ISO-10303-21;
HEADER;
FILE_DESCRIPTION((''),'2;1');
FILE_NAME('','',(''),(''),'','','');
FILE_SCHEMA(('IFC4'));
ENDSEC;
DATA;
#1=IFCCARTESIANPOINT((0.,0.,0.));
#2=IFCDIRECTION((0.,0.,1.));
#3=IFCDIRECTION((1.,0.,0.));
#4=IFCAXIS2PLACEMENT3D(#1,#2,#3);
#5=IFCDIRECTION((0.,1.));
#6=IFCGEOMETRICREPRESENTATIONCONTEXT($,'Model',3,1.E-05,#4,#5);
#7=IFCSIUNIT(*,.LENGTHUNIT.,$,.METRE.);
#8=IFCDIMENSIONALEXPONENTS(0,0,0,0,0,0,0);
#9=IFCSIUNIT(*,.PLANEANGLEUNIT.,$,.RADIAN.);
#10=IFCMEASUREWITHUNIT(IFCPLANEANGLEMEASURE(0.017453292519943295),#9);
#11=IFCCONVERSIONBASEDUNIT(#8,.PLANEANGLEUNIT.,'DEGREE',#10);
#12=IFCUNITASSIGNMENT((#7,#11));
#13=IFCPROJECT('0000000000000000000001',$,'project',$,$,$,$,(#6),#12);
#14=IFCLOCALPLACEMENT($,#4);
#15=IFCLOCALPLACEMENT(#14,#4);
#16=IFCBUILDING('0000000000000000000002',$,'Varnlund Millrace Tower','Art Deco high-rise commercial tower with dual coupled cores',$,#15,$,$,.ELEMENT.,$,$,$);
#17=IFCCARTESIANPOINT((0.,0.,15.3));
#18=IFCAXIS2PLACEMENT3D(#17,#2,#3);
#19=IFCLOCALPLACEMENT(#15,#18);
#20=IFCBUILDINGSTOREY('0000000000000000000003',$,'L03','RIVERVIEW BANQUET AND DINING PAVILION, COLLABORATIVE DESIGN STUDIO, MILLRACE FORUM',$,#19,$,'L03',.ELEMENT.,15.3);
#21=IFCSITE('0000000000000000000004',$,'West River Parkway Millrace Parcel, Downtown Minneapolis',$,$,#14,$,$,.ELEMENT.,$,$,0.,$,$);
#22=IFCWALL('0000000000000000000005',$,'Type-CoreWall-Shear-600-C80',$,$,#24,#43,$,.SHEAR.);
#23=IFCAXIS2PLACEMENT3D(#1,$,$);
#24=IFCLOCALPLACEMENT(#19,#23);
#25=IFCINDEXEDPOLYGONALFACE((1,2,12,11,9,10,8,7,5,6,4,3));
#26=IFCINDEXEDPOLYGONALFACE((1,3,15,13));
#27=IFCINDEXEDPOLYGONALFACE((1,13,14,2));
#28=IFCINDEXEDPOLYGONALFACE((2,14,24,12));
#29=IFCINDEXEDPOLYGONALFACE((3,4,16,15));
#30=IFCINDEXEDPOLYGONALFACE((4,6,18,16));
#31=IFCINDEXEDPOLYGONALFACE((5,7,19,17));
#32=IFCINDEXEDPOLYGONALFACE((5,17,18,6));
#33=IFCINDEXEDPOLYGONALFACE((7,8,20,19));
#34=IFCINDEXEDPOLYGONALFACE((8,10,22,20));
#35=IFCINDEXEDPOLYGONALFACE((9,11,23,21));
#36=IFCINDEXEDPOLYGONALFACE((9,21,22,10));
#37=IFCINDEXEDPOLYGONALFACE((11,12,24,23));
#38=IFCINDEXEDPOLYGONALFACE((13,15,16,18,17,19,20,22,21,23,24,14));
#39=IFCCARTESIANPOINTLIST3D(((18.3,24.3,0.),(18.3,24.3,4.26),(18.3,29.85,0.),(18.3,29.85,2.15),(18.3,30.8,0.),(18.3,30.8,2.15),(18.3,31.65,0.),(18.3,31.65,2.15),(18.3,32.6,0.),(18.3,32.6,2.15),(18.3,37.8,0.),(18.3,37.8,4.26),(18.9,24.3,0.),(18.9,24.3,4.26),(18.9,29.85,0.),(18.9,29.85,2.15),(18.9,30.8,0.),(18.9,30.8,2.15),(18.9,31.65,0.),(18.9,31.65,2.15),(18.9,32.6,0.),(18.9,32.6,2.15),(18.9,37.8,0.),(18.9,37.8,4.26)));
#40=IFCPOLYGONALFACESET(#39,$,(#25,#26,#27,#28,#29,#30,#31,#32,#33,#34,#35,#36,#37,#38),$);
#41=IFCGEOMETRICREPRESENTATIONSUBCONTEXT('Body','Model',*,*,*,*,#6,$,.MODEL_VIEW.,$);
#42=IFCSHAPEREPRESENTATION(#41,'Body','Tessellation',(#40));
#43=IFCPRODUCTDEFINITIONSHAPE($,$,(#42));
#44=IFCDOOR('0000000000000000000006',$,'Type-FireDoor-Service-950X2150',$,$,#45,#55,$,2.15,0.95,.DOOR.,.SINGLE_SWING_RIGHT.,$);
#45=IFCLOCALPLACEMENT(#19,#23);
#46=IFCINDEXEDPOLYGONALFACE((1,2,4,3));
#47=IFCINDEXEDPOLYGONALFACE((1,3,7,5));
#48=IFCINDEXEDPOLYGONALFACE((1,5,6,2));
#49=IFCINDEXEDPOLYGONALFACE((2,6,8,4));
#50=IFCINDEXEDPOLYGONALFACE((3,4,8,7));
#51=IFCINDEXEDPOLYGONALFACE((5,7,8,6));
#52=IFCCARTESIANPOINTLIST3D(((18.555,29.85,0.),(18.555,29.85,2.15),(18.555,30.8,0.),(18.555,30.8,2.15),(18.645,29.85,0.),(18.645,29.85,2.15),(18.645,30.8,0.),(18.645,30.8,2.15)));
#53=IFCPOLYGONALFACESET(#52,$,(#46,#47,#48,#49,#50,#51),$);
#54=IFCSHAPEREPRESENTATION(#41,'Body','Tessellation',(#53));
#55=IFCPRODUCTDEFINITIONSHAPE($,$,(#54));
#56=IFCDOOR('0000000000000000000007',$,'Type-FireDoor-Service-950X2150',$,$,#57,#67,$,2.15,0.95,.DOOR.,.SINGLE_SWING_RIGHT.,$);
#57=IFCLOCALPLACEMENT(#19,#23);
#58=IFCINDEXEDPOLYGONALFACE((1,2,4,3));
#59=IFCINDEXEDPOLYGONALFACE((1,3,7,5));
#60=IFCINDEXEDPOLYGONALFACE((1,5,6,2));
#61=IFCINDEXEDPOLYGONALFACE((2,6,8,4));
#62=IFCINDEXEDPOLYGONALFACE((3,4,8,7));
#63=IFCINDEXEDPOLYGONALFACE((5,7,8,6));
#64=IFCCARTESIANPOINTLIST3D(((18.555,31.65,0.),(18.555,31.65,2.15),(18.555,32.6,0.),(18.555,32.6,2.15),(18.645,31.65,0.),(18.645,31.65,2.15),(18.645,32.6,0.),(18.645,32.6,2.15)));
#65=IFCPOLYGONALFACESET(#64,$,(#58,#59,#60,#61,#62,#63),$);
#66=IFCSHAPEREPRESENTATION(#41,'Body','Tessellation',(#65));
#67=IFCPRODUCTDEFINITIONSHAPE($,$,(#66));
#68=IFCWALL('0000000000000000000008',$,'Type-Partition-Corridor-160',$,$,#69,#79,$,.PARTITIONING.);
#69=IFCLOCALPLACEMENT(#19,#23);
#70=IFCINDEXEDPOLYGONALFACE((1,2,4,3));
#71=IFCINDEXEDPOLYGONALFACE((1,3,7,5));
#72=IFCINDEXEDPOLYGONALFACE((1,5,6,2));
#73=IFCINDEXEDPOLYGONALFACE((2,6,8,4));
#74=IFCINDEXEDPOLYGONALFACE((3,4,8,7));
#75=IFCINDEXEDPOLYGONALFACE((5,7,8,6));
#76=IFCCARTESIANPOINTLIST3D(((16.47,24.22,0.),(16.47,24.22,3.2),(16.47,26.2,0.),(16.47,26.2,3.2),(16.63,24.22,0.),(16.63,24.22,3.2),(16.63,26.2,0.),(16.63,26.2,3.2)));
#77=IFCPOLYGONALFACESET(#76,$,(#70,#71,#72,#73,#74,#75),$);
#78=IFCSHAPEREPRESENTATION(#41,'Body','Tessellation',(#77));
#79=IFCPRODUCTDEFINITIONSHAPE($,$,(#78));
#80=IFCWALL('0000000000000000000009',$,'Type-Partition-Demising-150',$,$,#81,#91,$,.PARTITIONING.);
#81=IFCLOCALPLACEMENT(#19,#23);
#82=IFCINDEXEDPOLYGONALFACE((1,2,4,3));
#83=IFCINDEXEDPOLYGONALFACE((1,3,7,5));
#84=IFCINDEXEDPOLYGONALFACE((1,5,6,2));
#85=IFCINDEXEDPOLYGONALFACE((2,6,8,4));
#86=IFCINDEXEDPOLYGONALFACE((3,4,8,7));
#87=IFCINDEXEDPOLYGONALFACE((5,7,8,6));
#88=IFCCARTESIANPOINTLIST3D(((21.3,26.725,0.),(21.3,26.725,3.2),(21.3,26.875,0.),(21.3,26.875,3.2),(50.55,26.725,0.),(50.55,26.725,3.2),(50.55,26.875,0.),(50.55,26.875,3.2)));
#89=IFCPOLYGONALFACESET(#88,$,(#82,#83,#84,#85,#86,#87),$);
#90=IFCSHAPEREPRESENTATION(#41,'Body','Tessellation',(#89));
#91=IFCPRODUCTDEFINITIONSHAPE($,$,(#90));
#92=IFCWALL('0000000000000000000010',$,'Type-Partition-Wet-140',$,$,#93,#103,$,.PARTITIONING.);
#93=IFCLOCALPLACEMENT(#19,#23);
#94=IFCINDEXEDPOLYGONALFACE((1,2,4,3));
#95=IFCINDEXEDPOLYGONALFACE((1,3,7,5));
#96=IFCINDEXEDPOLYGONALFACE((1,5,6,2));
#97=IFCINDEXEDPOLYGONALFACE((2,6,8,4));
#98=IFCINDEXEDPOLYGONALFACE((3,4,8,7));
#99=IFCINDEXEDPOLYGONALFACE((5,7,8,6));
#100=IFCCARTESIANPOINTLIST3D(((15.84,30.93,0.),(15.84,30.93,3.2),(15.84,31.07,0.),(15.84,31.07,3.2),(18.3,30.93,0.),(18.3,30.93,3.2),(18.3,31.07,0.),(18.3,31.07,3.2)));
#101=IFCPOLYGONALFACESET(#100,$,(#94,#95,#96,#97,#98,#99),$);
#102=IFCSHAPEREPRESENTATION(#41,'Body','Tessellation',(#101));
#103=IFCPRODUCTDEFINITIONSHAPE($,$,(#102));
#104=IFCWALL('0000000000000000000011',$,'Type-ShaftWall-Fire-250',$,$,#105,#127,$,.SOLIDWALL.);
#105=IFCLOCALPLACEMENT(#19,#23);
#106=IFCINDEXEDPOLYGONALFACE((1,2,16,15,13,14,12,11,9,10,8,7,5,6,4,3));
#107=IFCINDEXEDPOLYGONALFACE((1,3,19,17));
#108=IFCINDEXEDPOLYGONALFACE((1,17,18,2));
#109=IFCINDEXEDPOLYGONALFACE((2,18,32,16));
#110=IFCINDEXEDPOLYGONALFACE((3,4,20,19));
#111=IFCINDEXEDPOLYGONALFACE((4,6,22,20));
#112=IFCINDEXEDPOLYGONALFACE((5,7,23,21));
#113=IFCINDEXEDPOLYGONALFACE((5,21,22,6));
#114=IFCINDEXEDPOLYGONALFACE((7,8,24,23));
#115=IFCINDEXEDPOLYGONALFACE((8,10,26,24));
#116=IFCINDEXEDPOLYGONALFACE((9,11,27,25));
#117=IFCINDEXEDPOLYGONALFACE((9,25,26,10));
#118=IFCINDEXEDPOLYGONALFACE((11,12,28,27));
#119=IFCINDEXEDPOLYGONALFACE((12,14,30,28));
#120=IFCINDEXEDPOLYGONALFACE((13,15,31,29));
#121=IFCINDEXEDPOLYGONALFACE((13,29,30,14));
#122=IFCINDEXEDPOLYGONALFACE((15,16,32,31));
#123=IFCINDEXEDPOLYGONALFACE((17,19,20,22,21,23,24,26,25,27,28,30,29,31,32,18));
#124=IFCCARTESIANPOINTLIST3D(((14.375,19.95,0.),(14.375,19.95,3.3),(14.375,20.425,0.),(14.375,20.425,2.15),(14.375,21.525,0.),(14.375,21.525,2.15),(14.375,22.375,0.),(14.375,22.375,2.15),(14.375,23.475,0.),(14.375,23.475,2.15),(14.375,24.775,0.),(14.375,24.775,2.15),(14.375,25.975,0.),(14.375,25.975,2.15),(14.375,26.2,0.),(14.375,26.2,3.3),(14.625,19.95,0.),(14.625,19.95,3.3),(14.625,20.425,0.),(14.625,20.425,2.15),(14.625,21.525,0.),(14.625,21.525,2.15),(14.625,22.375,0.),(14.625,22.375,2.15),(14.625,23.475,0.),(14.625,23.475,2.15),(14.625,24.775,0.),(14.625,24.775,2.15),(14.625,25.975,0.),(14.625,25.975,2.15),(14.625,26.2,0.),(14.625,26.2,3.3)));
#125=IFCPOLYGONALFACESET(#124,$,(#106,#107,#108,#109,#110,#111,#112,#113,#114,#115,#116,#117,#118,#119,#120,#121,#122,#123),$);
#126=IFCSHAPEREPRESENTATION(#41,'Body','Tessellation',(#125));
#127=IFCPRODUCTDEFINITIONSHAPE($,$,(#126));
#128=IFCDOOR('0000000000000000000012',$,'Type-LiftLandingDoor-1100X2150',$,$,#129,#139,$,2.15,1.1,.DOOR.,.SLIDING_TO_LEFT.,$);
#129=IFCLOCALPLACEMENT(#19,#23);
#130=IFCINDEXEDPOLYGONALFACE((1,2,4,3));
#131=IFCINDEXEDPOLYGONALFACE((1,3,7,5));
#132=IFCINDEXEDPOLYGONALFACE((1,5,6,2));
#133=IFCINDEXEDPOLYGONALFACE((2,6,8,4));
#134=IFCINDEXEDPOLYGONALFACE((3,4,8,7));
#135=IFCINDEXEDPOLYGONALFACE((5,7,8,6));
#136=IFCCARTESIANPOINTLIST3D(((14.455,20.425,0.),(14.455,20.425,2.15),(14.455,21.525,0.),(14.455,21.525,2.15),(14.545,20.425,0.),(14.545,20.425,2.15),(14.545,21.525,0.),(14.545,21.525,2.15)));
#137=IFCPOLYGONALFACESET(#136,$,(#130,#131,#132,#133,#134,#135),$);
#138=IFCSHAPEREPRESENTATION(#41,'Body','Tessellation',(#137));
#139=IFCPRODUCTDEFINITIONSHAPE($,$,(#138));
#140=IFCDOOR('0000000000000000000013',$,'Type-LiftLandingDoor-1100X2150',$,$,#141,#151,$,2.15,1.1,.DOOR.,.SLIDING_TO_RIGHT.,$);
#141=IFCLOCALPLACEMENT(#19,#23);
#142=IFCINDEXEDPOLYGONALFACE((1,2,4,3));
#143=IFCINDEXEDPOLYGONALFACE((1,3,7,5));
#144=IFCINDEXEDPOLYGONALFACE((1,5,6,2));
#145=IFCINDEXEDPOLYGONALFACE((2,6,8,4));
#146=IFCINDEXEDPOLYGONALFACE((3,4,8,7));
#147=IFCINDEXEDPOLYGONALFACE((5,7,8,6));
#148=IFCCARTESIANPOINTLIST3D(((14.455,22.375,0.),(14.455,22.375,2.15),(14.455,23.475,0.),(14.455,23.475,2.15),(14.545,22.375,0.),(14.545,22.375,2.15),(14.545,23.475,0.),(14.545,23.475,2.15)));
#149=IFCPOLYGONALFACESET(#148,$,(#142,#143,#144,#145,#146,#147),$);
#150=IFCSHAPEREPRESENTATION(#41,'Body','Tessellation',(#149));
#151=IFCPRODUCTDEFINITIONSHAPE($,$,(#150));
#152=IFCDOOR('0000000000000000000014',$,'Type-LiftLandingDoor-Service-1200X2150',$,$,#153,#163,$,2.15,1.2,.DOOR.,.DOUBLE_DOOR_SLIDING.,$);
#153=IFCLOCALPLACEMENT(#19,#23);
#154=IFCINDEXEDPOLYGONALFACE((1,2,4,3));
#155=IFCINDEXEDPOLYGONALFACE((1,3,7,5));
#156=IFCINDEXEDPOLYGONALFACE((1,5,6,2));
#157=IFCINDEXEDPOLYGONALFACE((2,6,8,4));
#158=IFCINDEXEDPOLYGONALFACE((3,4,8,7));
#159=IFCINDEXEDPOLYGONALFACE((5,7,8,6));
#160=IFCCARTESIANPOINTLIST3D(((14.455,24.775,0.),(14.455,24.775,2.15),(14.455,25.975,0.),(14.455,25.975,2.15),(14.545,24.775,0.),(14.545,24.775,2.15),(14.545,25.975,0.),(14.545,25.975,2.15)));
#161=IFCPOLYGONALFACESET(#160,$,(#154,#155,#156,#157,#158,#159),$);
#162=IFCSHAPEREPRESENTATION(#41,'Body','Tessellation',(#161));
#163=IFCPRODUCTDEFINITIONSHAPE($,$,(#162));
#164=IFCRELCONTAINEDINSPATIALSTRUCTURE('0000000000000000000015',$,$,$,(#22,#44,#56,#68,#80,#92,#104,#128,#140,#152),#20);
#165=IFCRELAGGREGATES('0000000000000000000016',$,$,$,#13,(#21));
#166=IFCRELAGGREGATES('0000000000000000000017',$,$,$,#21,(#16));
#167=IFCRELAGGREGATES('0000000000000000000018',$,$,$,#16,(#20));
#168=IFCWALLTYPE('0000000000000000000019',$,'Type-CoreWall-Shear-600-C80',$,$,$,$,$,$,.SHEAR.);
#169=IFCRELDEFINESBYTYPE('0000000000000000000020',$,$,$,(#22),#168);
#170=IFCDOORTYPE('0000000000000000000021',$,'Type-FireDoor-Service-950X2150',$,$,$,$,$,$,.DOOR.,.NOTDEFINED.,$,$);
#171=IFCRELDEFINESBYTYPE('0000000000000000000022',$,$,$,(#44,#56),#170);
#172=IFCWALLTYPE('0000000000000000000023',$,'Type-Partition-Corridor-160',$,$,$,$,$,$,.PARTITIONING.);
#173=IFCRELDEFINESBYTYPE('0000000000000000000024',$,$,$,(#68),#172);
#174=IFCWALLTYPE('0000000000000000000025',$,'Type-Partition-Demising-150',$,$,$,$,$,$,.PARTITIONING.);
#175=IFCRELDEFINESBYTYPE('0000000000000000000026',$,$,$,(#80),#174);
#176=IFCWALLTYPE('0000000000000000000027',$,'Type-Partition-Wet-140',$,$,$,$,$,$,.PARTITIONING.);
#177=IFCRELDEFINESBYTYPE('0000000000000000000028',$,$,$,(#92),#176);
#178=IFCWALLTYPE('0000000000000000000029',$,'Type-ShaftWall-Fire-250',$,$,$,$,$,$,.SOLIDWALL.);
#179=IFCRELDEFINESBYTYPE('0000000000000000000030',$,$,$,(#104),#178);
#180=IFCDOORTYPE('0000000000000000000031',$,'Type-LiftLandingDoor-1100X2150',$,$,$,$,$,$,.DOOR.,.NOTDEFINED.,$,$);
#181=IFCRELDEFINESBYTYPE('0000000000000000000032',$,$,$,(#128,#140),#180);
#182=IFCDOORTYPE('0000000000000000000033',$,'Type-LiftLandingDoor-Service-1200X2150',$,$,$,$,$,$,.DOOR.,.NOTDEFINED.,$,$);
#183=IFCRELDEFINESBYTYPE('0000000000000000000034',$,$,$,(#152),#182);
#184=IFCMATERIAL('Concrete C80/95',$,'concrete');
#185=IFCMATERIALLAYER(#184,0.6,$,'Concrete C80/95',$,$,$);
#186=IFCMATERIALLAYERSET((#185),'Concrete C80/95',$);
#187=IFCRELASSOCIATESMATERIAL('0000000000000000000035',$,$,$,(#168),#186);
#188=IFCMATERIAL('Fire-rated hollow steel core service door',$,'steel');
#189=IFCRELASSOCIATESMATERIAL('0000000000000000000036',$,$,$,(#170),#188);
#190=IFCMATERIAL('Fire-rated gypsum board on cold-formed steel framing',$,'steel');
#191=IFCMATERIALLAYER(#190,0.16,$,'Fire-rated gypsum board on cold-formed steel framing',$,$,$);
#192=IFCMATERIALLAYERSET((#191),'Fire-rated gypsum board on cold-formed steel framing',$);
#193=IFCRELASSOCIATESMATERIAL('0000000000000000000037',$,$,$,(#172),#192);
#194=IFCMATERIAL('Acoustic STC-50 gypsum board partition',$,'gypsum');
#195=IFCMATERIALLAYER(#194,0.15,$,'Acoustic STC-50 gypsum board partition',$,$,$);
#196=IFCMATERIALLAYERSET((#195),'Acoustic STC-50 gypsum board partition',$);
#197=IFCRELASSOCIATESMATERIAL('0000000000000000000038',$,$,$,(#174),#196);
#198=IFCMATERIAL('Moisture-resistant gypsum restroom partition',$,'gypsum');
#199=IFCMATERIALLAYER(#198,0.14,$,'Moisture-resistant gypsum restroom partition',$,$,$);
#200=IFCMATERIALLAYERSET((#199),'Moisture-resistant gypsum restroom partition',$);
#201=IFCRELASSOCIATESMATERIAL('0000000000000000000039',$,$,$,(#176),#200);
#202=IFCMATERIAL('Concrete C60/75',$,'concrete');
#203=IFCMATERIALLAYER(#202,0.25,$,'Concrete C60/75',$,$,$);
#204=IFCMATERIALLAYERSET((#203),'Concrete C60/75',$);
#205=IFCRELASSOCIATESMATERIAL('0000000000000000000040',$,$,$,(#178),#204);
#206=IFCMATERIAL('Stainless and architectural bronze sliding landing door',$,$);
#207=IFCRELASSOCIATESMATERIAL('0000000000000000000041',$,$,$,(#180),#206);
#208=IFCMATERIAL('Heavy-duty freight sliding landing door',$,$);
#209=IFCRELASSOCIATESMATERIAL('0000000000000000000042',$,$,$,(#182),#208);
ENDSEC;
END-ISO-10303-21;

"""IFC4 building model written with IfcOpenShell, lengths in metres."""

from ifc_helpers import new_model, entity, si_unit, converted_unit, direction, frame, origin_with_axes, origin_2d_with_axis, place, context, subcontext, project, spatial, polyline, rectangle, outline, extrude, material, layer, layer_set, type_object, element, fill, save


model = new_model("IFC4")

# Units and contexts
model_context = context("Model", 3, precision=1e-05, world=origin_with_axes(), true_north=direction((0.0, 1.0)))
body_context = subcontext(model_context, "Body", "Model", "MODEL_VIEW")
ifc_project = project(units=[si_unit("LENGTHUNIT", "METRE"), converted_unit("PLANEANGLEUNIT", "DEGREE", entity("IfcPlaneAngleMeasure", 0.017453292519943295), si_unit("PLANEANGLEUNIT", "RADIAN"), dimensions=[0, 0, 0, 0, 0, 0, 0])], contexts=[model_context])

# Site, building, storey
site_placement = place(None, origin_with_axes())
site = spatial("IfcSite", under=ifc_project, at=site_placement, Name="West River Parkway Millrace Parcel, Downtown Minneapolis", CompositionType="ELEMENT", RefElevation=0.0)
building_placement = place(site_placement, origin_with_axes())
building = spatial("IfcBuilding", under=site, at=building_placement, Name="Varnlund Millrace Tower", Description="Art Deco high-rise commercial tower with dual coupled cores", CompositionType="ELEMENT")
storey_placement = place(building_placement, frame((0.0, 0.0, 15.3), z_axis=(0.0, 0.0, 1.0), x_axis=(1.0, 0.0, 0.0)))
storey = spatial("IfcBuildingStorey", under=building, at=storey_placement, Name="L03", Description="RIVERVIEW BANQUET AND DINING PAVILION, COLLABORATIVE DESIGN STUDIO, MILLRACE FORUM", LongName="L03", CompositionType="ELEMENT", Elevation=15.3)

# Shared definitions
ifc_material_1 = material(Name="Concrete C80/95", Category="concrete")

# Wall, openings, doors
ifc_layer_1 = layer(ifc_material_1, 0.6, Name="Concrete C80/95")
ifc_layer_set_1 = layer_set([ifc_layer_1], Name="Concrete C80/95")
wall_type_1 = type_object("IfcWallType", Name="Type-CoreWall-Shear-600-C80", PredefinedType="SHEAR", material=ifc_layer_set_1)
wall_1_placement = place(storey_placement, frame((18.6, 24.3, 0.0), z_axis=(0.0, 0.0, 1.0), x_axis=(0.0, 1.0, 0.0)))
wall_1 = element("IfcWall", 1, at=wall_1_placement, inside=storey, type_object=wall_type_1, Name="Type-CoreWall-Shear-600-C80", PredefinedType="SHEAR", context=body_context, shape_type="SweptSolid", body=[
    extrude(outline(polyline([(0.0, -0.3), (13.5, -0.3), (13.5, 0.3), (0.0, 0.3), (0.0, -0.3)])), origin_with_axes(), (0.0, 0.0, 1.0), 4.26),
])
opening_1_placement = place(wall_1_placement, frame((6.025, 0.0, 0.0), z_axis=(0.0, 0.0, 1.0), x_axis=(1.0, 0.0, 0.0)))
opening_1 = element("IfcOpeningElement", 2, at=opening_1_placement, cuts=wall_1, PredefinedType="OPENING", context=body_context, shape_type="SweptSolid", body=[
    extrude(rectangle(XDim=0.95, YDim=0.62, at=origin_2d_with_axis()), origin_with_axes(), (0.0, 0.0, 1.0), 2.15),
])
opening_2_placement = place(wall_1_placement, frame((7.825, 0.0, 0.0), z_axis=(0.0, 0.0, 1.0), x_axis=(1.0, 0.0, 0.0)))
opening_2 = element("IfcOpeningElement", 3, at=opening_2_placement, cuts=wall_1, PredefinedType="OPENING", context=body_context, shape_type="SweptSolid", body=[
    extrude(rectangle(XDim=0.95, YDim=0.62, at=origin_2d_with_axis()), origin_with_axes(), (0.0, 0.0, 1.0), 2.15),
])
ifc_material_2 = material(Name="Fire-rated hollow steel core service door", Category="steel")
door_type_1 = type_object("IfcDoorType", Name="Type-FireDoor-Service-950X2150", OperationType="NOTDEFINED", PredefinedType="DOOR", material=ifc_material_2)
door_1_placement = place(wall_1_placement, frame((6.025, 0.0, 0.0), z_axis=(0.0, 0.0, 1.0), x_axis=(1.0, 0.0, 0.0)))
door_1 = element("IfcDoor", 4, at=door_1_placement, inside=storey, type_object=door_type_1, Name="Type-FireDoor-Service-950X2150", OperationType="SINGLE_SWING_RIGHT", OverallHeight=2.15, OverallWidth=0.95, PredefinedType="DOOR", context=body_context, shape_type="SweptSolid", body=[
    extrude(rectangle(XDim=0.95, YDim=0.09, at=origin_2d_with_axis()), origin_with_axes(), (0.0, 0.0, 1.0), 2.15),
])
fill(opening_1, door_1)
door_2_placement = place(wall_1_placement, frame((7.825, 0.0, 0.0), z_axis=(0.0, 0.0, 1.0), x_axis=(1.0, 0.0, 0.0)))
door_2 = element("IfcDoor", 5, at=door_2_placement, inside=storey, type_object=door_type_1, Name="Type-FireDoor-Service-950X2150", OperationType="SINGLE_SWING_RIGHT", OverallHeight=2.15, OverallWidth=0.95, PredefinedType="DOOR", context=body_context, shape_type="SweptSolid", body=[
    extrude(rectangle(XDim=0.95, YDim=0.09, at=origin_2d_with_axis()), origin_with_axes(), (0.0, 0.0, 1.0), 2.15),
])
fill(opening_2, door_2)

# Walls
ifc_material_3 = material(Name="Fire-rated gypsum board on cold-formed steel framing", Category="steel")
ifc_layer_2 = layer(ifc_material_3, 0.16, Name="Fire-rated gypsum board on cold-formed steel framing")
ifc_layer_set_2 = layer_set([ifc_layer_2], Name="Fire-rated gypsum board on cold-formed steel framing")
wall_type_2 = type_object("IfcWallType", Name="Type-Partition-Corridor-160", PredefinedType="PARTITIONING", material=ifc_layer_set_2)
wall_2_placement = place(storey_placement, frame((16.55, 24.22, 0.0), z_axis=(0.0, 0.0, 1.0), x_axis=(0.0, 1.0, 0.0)))
element("IfcWall", 6, at=wall_2_placement, inside=storey, type_object=wall_type_2, Name="Type-Partition-Corridor-160", PredefinedType="PARTITIONING", context=body_context, shape_type="SweptSolid", body=[
    extrude(outline(polyline([(0.0, -0.08), (1.98, -0.08), (1.98, 0.08), (0.0, 0.08), (0.0, -0.08)])), origin_with_axes(), (0.0, 0.0, 1.0), 3.2),
])
ifc_material_4 = material(Name="Acoustic STC-50 gypsum board partition", Category="gypsum")
ifc_layer_3 = layer(ifc_material_4, 0.15, Name="Acoustic STC-50 gypsum board partition")
ifc_layer_set_3 = layer_set([ifc_layer_3], Name="Acoustic STC-50 gypsum board partition")
wall_type_3 = type_object("IfcWallType", Name="Type-Partition-Demising-150", PredefinedType="PARTITIONING", material=ifc_layer_set_3)
wall_3_placement = place(storey_placement, frame((21.3, 26.8, 0.0), z_axis=(0.0, 0.0, 1.0), x_axis=(1.0, 0.0, 0.0)))
element("IfcWall", 7, at=wall_3_placement, inside=storey, type_object=wall_type_3, Name="Type-Partition-Demising-150", PredefinedType="PARTITIONING", context=body_context, shape_type="SweptSolid", body=[
    extrude(outline(polyline([(0.0, -0.075), (29.25, -0.075), (29.25, 0.075), (0.0, 0.075), (0.0, -0.075)])), origin_with_axes(), (0.0, 0.0, 1.0), 3.2),
])
ifc_material_5 = material(Name="Moisture-resistant gypsum restroom partition", Category="gypsum")
ifc_layer_4 = layer(ifc_material_5, 0.14, Name="Moisture-resistant gypsum restroom partition")
ifc_layer_set_4 = layer_set([ifc_layer_4], Name="Moisture-resistant gypsum restroom partition")
wall_type_4 = type_object("IfcWallType", Name="Type-Partition-Wet-140", PredefinedType="PARTITIONING", material=ifc_layer_set_4)
wall_4_placement = place(storey_placement, frame((15.84, 31.0, 0.0), z_axis=(0.0, 0.0, 1.0), x_axis=(1.0, 0.0, 0.0)))
element("IfcWall", 8, at=wall_4_placement, inside=storey, type_object=wall_type_4, Name="Type-Partition-Wet-140", PredefinedType="PARTITIONING", context=body_context, shape_type="SweptSolid", body=[
    extrude(outline(polyline([(0.0, -0.07), (2.46, -0.07), (2.46, 0.07), (0.0, 0.07), (0.0, -0.07)])), origin_with_axes(), (0.0, 0.0, 1.0), 3.2),
])

# Wall, openings, doors
ifc_material_6 = material(Name="Concrete C60/75", Category="concrete")
ifc_layer_5 = layer(ifc_material_6, 0.25, Name="Concrete C60/75")
ifc_layer_set_5 = layer_set([ifc_layer_5], Name="Concrete C60/75")
wall_type_5 = type_object("IfcWallType", Name="Type-ShaftWall-Fire-250", PredefinedType="SOLIDWALL", material=ifc_layer_set_5)
wall_5_placement = place(storey_placement, frame((14.5, 19.95, 0.0), z_axis=(0.0, 0.0, 1.0), x_axis=(0.0, 1.0, 0.0)))
wall_5 = element("IfcWall", 9, at=wall_5_placement, inside=storey, type_object=wall_type_5, Name="Type-ShaftWall-Fire-250", PredefinedType="SOLIDWALL", context=body_context, shape_type="SweptSolid", body=[
    extrude(outline(polyline([(0.0, -0.125), (6.25, -0.125), (6.25, 0.125), (0.0, 0.125), (0.0, -0.125)])), origin_with_axes(), (0.0, 0.0, 1.0), 3.3),
])
opening_3_placement = place(wall_5_placement, frame((1.025, 0.0, 0.0), z_axis=(0.0, 0.0, 1.0), x_axis=(1.0, 0.0, 0.0)))
opening_3 = element("IfcOpeningElement", 10, at=opening_3_placement, cuts=wall_5, PredefinedType="OPENING", context=body_context, shape_type="SweptSolid", body=[
    extrude(rectangle(XDim=1.1, YDim=0.27, at=origin_2d_with_axis()), origin_with_axes(), (0.0, 0.0, 1.0), 2.15),
])
opening_4_placement = place(wall_5_placement, frame((2.975, 0.0, 0.0), z_axis=(0.0, 0.0, 1.0), x_axis=(1.0, 0.0, 0.0)))
opening_4 = element("IfcOpeningElement", 11, at=opening_4_placement, cuts=wall_5, PredefinedType="OPENING", context=body_context, shape_type="SweptSolid", body=[
    extrude(rectangle(XDim=1.1, YDim=0.27, at=origin_2d_with_axis()), origin_with_axes(), (0.0, 0.0, 1.0), 2.15),
])
opening_5_placement = place(wall_5_placement, frame((5.425, 0.0, 0.0), z_axis=(0.0, 0.0, 1.0), x_axis=(1.0, 0.0, 0.0)))
opening_5 = element("IfcOpeningElement", 12, at=opening_5_placement, cuts=wall_5, PredefinedType="OPENING", context=body_context, shape_type="SweptSolid", body=[
    extrude(rectangle(XDim=1.2, YDim=0.27, at=origin_2d_with_axis()), origin_with_axes(), (0.0, 0.0, 1.0), 2.15),
])
ifc_material_7 = material(Name="Stainless and architectural bronze sliding landing door")
door_type_2 = type_object("IfcDoorType", Name="Type-LiftLandingDoor-1100X2150", OperationType="NOTDEFINED", PredefinedType="DOOR", material=ifc_material_7)
door_3_placement = place(wall_5_placement, frame((1.025, 0.0, 0.0), z_axis=(0.0, 0.0, 1.0), x_axis=(1.0, 0.0, 0.0)))
door_3 = element("IfcDoor", 13, at=door_3_placement, inside=storey, type_object=door_type_2, Name="Type-LiftLandingDoor-1100X2150", OperationType="SLIDING_TO_LEFT", OverallHeight=2.15, OverallWidth=1.1, PredefinedType="DOOR", context=body_context, shape_type="SweptSolid", body=[
    extrude(rectangle(XDim=1.1, YDim=0.09, at=origin_2d_with_axis()), origin_with_axes(), (0.0, 0.0, 1.0), 2.15),
])
fill(opening_3, door_3)
door_4_placement = place(wall_5_placement, frame((2.975, 0.0, 0.0), z_axis=(0.0, 0.0, 1.0), x_axis=(1.0, 0.0, 0.0)))
door_4 = element("IfcDoor", 14, at=door_4_placement, inside=storey, type_object=door_type_2, Name="Type-LiftLandingDoor-1100X2150", OperationType="SLIDING_TO_RIGHT", OverallHeight=2.15, OverallWidth=1.1, PredefinedType="DOOR", context=body_context, shape_type="SweptSolid", body=[
    extrude(rectangle(XDim=1.1, YDim=0.09, at=origin_2d_with_axis()), origin_with_axes(), (0.0, 0.0, 1.0), 2.15),
])
fill(opening_4, door_4)
ifc_material_8 = material(Name="Heavy-duty freight sliding landing door")
door_type_3 = type_object("IfcDoorType", Name="Type-LiftLandingDoor-Service-1200X2150", OperationType="NOTDEFINED", PredefinedType="DOOR", material=ifc_material_8)
door_5_placement = place(wall_5_placement, frame((5.425, 0.0, 0.0), z_axis=(0.0, 0.0, 1.0), x_axis=(1.0, 0.0, 0.0)))
door_5 = element("IfcDoor", 15, at=door_5_placement, inside=storey, type_object=door_type_3, Name="Type-LiftLandingDoor-Service-1200X2150", OperationType="DOUBLE_DOOR_SLIDING", OverallHeight=2.15, OverallWidth=1.2, PredefinedType="DOOR", context=body_context, shape_type="SweptSolid", body=[
    extrude(rectangle(XDim=1.2, YDim=0.09, at=origin_2d_with_axis()), origin_with_axes(), (0.0, 0.0, 1.0), 2.15),
])
fill(opening_5, door_5)

save(model, "model.ifc")
